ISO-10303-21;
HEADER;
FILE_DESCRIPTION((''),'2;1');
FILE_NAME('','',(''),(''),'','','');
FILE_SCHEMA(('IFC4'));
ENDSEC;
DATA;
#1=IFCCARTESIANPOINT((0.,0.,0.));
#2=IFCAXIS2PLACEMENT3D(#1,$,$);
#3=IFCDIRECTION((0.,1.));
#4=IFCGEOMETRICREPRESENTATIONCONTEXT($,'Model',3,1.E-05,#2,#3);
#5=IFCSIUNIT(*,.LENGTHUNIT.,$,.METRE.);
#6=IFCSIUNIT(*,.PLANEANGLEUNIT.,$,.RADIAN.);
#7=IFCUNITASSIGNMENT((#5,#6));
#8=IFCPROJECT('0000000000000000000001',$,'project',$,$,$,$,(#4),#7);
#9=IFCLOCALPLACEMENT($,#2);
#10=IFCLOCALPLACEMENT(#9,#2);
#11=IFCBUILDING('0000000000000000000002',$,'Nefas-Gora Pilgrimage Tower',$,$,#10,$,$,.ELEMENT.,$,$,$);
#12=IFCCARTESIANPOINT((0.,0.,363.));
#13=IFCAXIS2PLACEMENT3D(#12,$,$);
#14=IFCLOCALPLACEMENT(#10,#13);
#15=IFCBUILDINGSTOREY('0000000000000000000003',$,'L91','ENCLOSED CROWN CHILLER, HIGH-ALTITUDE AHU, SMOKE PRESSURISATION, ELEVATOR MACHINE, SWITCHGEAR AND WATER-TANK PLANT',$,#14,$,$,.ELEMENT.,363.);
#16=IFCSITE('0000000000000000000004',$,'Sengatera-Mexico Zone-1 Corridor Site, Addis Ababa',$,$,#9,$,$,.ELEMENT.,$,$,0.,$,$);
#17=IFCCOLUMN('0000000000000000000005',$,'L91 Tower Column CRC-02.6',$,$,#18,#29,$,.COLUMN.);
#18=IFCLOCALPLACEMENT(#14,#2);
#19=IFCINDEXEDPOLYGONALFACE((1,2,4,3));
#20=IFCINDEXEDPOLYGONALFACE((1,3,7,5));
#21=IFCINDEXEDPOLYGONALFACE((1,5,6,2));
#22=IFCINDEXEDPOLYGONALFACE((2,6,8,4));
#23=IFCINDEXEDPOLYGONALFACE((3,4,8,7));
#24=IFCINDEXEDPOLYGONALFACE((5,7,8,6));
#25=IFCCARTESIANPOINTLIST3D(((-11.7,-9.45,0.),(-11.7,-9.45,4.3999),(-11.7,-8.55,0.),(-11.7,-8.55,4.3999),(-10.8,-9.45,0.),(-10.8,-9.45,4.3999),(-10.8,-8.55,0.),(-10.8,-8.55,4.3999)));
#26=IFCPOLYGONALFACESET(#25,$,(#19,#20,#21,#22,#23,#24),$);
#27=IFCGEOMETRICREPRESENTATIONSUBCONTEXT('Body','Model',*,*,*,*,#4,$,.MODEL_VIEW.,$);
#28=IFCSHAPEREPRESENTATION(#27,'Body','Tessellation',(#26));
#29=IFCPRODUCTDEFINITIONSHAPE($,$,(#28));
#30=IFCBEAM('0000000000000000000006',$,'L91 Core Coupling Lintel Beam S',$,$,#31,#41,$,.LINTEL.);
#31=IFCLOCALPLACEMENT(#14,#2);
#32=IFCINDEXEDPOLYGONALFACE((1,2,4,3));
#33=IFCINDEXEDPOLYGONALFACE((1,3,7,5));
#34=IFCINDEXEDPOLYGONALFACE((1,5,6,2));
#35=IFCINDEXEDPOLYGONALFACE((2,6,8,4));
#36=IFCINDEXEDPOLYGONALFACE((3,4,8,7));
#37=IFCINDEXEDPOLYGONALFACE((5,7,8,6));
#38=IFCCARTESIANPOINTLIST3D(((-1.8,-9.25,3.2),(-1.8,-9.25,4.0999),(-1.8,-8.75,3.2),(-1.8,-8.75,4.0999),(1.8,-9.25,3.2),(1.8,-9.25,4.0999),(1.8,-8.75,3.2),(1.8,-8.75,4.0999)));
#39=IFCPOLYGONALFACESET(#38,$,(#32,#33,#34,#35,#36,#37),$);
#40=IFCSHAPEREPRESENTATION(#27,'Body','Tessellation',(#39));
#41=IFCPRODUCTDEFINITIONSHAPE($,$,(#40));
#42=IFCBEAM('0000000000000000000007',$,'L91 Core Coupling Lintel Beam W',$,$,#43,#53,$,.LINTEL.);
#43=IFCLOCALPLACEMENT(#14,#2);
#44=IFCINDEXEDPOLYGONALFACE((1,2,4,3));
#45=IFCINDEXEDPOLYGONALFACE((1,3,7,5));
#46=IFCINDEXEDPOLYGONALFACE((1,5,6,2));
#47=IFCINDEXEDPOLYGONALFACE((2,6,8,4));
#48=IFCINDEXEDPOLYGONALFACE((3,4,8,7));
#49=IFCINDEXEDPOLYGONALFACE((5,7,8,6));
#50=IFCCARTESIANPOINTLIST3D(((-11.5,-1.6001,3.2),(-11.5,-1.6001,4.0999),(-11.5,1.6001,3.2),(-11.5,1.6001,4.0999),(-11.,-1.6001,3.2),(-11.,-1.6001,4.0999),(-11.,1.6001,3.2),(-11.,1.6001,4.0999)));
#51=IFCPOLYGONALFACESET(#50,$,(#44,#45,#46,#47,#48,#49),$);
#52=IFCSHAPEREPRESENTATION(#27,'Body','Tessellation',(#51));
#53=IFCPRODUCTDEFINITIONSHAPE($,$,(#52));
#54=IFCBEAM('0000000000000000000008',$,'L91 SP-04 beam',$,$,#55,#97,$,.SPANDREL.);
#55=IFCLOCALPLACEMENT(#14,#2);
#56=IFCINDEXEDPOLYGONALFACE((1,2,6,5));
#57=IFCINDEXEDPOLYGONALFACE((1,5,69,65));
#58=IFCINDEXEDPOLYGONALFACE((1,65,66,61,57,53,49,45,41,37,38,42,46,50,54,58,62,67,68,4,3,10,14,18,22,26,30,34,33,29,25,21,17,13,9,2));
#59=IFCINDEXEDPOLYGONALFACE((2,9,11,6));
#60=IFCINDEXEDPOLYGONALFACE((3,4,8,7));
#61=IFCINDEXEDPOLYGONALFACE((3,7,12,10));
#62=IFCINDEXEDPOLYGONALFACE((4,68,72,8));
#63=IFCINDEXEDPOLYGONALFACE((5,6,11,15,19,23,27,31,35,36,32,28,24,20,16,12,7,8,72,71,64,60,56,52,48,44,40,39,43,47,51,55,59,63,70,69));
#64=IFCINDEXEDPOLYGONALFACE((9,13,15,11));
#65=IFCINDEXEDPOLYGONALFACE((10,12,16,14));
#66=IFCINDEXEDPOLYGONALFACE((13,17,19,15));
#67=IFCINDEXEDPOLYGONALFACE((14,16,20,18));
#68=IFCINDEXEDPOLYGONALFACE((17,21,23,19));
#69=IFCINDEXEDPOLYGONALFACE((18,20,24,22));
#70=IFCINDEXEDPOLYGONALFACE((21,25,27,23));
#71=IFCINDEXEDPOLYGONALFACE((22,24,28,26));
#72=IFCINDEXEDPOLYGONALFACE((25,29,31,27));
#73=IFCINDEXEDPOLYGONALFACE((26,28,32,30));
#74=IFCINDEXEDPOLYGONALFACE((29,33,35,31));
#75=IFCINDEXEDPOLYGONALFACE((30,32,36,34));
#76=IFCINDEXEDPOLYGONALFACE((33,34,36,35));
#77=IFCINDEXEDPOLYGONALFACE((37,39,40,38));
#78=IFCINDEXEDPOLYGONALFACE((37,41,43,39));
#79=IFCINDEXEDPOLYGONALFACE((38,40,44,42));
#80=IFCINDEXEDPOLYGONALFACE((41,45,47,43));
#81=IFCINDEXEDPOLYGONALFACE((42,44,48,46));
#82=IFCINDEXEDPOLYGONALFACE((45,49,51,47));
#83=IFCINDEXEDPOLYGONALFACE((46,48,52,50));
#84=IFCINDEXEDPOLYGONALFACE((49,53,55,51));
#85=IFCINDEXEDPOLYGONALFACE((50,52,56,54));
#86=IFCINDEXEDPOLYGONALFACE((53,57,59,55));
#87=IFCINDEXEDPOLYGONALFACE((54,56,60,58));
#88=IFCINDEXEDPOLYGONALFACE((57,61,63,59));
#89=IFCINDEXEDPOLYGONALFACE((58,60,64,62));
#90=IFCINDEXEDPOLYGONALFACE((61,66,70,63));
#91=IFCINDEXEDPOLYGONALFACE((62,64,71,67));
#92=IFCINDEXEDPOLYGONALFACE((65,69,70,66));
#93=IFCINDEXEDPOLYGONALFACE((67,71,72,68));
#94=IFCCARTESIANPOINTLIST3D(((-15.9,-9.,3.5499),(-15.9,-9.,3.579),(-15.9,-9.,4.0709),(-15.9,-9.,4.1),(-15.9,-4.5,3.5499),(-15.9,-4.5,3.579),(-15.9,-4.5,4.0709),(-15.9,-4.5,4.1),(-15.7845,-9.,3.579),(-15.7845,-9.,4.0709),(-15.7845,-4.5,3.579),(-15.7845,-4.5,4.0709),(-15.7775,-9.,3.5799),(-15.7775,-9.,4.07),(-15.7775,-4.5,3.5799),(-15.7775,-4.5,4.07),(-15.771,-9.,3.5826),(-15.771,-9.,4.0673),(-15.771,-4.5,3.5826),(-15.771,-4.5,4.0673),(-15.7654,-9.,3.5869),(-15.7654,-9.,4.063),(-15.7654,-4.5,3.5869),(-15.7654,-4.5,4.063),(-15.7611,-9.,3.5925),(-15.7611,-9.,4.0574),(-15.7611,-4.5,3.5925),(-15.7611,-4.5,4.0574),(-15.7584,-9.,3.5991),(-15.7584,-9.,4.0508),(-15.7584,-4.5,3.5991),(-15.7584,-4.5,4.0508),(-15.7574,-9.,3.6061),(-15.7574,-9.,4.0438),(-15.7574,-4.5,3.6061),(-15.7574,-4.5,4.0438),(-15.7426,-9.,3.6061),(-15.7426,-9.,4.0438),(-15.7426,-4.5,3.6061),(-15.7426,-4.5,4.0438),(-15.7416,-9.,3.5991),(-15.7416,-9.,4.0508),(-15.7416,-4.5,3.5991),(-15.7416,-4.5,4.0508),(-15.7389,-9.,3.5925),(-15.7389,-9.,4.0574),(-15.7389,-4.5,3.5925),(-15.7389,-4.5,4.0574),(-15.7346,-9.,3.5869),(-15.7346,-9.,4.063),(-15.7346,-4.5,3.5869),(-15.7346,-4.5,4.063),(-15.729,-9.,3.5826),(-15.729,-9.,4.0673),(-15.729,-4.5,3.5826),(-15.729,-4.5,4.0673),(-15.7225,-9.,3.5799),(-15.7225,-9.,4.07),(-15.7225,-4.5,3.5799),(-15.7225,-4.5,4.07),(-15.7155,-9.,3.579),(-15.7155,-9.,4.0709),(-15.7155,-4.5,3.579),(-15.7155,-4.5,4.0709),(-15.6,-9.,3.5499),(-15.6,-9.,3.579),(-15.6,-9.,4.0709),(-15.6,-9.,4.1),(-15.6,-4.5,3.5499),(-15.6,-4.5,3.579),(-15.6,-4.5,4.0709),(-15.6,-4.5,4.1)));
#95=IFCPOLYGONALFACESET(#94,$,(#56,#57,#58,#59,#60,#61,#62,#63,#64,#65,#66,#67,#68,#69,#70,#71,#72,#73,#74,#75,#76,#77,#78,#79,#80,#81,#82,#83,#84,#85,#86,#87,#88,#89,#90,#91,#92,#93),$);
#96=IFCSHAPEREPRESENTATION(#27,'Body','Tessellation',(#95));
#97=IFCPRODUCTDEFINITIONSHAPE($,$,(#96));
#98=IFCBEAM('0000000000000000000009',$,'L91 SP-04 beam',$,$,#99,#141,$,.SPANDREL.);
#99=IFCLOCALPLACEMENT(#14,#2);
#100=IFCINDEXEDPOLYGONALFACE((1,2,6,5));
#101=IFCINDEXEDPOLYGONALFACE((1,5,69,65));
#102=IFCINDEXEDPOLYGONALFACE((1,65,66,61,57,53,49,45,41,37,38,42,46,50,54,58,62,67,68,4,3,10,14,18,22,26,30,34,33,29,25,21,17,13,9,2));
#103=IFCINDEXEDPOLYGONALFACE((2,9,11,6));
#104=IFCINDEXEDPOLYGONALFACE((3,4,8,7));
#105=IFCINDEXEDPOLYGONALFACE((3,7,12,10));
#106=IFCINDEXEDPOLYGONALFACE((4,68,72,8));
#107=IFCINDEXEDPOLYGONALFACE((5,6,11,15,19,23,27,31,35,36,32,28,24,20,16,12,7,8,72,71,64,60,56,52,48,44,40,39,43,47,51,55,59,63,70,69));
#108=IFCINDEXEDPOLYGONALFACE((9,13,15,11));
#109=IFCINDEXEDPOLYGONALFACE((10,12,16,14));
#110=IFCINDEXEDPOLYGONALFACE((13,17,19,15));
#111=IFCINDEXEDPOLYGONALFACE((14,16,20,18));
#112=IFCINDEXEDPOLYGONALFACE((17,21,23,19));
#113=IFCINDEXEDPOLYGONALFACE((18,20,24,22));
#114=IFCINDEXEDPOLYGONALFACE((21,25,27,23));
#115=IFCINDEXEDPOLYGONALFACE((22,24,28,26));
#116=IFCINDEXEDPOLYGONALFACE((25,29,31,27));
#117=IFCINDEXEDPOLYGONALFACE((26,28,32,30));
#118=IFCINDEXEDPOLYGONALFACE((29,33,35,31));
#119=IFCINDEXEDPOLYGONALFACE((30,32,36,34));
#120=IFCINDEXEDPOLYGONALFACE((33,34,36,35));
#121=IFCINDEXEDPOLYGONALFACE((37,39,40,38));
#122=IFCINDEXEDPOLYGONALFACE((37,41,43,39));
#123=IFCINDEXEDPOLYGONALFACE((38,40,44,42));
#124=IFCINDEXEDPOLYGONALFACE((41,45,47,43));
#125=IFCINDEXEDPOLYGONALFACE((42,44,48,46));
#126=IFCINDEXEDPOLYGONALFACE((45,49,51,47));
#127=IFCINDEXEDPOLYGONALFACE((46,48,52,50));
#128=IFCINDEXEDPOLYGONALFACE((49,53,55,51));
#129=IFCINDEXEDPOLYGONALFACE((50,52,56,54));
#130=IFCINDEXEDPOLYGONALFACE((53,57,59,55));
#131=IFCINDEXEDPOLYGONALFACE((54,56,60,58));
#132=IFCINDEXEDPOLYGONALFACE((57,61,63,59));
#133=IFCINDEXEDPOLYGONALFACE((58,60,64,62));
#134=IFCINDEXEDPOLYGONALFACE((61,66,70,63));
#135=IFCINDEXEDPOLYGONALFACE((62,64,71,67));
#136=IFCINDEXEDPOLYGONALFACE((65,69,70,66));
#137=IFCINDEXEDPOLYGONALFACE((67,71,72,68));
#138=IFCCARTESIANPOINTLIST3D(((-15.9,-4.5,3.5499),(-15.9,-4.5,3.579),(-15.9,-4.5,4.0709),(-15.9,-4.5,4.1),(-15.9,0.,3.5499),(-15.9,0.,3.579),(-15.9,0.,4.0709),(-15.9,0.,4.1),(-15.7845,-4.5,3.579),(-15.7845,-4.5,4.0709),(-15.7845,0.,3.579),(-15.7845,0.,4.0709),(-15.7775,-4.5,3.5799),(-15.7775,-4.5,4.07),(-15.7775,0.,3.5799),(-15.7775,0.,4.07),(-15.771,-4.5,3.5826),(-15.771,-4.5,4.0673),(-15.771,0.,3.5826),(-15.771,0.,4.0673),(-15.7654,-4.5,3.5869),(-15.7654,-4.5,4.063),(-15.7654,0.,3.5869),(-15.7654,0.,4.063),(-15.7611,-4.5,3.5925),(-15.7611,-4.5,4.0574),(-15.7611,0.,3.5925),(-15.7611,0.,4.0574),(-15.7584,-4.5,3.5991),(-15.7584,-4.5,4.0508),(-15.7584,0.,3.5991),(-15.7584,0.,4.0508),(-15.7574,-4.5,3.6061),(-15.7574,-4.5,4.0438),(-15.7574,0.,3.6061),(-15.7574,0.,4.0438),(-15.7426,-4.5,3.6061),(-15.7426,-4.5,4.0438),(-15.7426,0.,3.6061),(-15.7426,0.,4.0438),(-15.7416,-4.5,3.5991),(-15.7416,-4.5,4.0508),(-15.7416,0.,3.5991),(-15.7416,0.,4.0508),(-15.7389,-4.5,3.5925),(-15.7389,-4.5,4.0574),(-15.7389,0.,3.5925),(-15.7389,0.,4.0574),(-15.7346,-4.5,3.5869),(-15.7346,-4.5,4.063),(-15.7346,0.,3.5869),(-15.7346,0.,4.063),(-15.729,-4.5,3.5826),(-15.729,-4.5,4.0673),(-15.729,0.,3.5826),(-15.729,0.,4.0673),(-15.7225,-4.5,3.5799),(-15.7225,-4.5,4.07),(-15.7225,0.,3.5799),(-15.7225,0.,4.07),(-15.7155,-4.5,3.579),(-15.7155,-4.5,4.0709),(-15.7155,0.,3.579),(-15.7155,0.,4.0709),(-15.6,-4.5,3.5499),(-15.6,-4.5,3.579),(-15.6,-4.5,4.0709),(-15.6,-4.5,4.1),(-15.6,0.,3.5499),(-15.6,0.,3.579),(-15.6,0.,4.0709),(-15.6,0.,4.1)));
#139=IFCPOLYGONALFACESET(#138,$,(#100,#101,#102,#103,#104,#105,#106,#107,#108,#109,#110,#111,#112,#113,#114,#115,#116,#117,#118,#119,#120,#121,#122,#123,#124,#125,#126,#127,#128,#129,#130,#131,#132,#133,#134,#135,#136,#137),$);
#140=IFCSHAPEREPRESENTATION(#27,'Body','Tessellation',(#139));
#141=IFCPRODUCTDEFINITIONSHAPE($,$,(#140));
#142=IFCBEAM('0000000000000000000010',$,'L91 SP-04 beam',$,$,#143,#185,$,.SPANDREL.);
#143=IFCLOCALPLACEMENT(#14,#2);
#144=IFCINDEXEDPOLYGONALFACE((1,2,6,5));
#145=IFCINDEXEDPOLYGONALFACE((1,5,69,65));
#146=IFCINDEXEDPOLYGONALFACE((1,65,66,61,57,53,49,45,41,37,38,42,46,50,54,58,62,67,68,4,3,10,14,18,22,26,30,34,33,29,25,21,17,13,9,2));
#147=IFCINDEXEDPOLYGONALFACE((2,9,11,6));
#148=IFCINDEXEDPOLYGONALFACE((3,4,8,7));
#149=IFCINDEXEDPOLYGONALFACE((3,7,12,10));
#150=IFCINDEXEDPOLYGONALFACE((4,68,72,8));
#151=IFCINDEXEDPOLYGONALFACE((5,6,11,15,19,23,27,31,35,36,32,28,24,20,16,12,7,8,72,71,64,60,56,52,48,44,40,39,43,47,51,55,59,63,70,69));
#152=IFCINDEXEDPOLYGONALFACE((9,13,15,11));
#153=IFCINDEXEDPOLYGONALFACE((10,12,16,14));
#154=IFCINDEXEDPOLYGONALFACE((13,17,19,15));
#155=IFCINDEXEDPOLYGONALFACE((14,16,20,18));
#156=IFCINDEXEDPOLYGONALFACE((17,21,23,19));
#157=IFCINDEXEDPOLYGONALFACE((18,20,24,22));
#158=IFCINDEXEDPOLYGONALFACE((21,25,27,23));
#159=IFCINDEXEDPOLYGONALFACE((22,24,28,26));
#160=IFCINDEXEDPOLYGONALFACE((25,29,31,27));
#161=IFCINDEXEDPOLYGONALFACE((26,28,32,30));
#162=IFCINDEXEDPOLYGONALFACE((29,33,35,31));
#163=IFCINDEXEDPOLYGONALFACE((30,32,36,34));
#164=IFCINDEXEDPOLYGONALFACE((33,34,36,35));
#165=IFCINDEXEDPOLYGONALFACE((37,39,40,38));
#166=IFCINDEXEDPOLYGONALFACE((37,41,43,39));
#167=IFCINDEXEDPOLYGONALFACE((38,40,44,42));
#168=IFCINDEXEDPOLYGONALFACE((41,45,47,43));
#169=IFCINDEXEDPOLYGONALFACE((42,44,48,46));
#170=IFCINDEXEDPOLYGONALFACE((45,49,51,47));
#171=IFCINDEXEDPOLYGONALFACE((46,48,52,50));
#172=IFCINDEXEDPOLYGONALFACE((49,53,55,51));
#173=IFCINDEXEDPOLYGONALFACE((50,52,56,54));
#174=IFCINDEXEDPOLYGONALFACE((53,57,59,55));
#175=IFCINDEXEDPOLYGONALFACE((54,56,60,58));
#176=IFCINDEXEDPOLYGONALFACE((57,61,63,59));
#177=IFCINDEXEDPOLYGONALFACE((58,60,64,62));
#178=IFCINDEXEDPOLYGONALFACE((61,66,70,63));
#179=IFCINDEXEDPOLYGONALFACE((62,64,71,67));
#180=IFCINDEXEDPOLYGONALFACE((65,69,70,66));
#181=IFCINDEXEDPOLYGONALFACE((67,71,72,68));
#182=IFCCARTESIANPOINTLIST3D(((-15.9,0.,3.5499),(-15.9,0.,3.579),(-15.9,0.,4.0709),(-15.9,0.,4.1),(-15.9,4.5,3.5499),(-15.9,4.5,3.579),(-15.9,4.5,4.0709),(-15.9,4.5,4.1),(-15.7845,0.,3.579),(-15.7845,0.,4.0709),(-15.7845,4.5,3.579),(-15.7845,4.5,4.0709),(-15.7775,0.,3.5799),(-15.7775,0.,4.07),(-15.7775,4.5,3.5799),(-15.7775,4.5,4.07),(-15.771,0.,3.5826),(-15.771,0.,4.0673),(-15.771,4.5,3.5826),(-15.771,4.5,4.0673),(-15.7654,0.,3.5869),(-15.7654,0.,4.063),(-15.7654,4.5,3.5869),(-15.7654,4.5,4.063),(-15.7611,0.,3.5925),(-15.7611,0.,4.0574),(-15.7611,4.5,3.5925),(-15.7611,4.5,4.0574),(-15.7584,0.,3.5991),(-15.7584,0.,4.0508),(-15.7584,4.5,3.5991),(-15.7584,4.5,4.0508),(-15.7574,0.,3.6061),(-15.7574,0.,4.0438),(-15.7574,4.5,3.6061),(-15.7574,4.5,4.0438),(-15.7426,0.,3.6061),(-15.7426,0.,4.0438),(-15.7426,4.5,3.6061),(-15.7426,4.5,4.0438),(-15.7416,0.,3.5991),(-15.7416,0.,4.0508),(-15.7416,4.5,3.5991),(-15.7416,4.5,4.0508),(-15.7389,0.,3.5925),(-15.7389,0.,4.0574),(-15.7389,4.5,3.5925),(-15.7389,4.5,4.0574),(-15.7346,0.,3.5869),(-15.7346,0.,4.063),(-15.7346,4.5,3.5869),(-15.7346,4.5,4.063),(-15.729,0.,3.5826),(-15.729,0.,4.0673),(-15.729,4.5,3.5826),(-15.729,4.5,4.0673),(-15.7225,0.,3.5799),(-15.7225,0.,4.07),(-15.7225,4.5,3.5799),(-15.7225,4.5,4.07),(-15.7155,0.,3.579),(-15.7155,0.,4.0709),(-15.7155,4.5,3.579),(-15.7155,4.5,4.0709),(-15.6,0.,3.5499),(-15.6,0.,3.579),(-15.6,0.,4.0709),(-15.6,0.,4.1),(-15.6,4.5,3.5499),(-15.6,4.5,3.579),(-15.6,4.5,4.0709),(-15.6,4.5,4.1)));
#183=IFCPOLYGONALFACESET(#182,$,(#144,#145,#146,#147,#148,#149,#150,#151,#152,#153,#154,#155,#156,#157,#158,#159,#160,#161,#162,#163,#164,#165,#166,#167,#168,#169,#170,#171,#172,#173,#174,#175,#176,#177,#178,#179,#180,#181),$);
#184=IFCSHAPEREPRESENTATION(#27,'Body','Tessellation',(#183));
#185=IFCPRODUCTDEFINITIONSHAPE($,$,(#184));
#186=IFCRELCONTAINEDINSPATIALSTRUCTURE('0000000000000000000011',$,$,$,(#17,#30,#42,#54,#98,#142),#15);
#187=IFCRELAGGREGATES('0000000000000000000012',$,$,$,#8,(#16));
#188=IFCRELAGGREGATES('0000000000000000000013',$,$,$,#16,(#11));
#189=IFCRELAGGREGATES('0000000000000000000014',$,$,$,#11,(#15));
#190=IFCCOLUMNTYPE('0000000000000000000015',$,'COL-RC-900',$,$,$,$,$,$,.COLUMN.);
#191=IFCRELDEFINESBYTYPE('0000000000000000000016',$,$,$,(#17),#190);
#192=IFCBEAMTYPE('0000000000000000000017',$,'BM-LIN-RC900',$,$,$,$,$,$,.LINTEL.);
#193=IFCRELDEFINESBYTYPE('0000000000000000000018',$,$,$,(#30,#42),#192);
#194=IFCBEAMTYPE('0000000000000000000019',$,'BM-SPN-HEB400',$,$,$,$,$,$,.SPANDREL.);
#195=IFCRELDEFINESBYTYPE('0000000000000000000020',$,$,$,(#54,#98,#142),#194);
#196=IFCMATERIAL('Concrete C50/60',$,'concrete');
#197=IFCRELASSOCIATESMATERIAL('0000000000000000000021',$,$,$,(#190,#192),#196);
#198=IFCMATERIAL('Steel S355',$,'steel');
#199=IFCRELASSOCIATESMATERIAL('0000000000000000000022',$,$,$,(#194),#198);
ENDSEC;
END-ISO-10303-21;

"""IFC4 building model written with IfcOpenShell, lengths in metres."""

from ifc_helpers import new_model, si_unit, direction, frame, origin, origin_2d, place, context, subcontext, project, spatial, rectangle, i_section, extrude, source, transform, mapped, material, material_profile, profile_set, type_object, element, save


model = new_model("IFC4")

# Units and contexts
model_context = context("Model", 3, precision=1e-05, world=origin(), true_north=direction((0.0, 1.0)))
body_context = subcontext(model_context, "Body", "Model", "MODEL_VIEW")
ifc_project = project(units=[si_unit("LENGTHUNIT", "METRE"), si_unit("PLANEANGLEUNIT", "RADIAN")], contexts=[model_context])

# Site, building, storey
site_placement = place(None, origin())
site = spatial("IfcSite", under=ifc_project, at=site_placement, Name="Sengatera-Mexico Zone-1 Corridor Site, Addis Ababa", CompositionType="ELEMENT", RefElevation=0.0)
building_placement = place(site_placement, origin())
building = spatial("IfcBuilding", under=site, at=building_placement, Name="Nefas-Gora Pilgrimage Tower", CompositionType="ELEMENT")
storey_placement = place(building_placement, frame((0.0, 0.0, 363.0)))
storey = spatial("IfcBuildingStorey", under=building, at=storey_placement, Name="L91", Description="ENCLOSED CROWN CHILLER, HIGH-ALTITUDE AHU, SMOKE PRESSURISATION, ELEVATOR MACHINE, SWITCHGEAR AND WATER-TANK PLANT", CompositionType="ELEMENT", Elevation=363.0)

# Column
ifc_material_1 = material(Name="Steel S355", Category="steel")
ifc_material_2 = material(Name="Concrete C50/60", Category="concrete")
ifc_material_profile_1 = material_profile(ifc_material_2, rectangle(XDim=0.8999, YDim=0.8999, at=origin_2d()), Name="RC 900x900")
ifc_profile_set_1 = profile_set([ifc_material_profile_1], Name="Concrete C50/60")
column_type_1 = type_object("IfcColumnType", Name="COL-RC-900", PredefinedType="COLUMN", material=ifc_profile_set_1)
shared_shape_1 = source(origin(), body_context, "Body", "SweptSolid", [
    extrude(rectangle(XDim=0.8999, YDim=0.8999, at=origin_2d()), origin(), (0.0, 0.0, 1.0), 4.3999),
])
column_placement = place(storey_placement, frame((-11.25, -9.0, 0.0), z_axis=(0.0, 0.0, 1.0), x_axis=(1.0, 0.0, 0.0)))
element("IfcColumn", 1, at=column_placement, inside=storey, type_object=column_type_1, Name="L91 Tower Column CRC-02.6", PredefinedType="COLUMN", context=body_context, shape_type="MappedRepresentation", body=[
    mapped(shared_shape_1, transform((0.0, 0.0, 0.0), x_axis=(1.0, 0.0, 0.0), y_axis=(0.0, 1.0, 0.0), z_axis=(0.0, 0.0, 1.0), scale=1.0)),
])

# Beams
ifc_material_profile_2 = material_profile(ifc_material_2, rectangle(XDim=0.5, YDim=0.8999, at=origin_2d()), Name="RC 500x900")
ifc_profile_set_2 = profile_set([ifc_material_profile_2], Name="Concrete C50/60")
beam_type_1 = type_object("IfcBeamType", Name="BM-LIN-RC900", PredefinedType="LINTEL", material=ifc_profile_set_2)
shared_shape_2 = source(origin(), body_context, "Body", "SweptSolid", [
    extrude(rectangle(XDim=0.5, YDim=0.8999, at=origin_2d()), origin(), (0.0, 0.0, 1.0), 3.6001),
])
beam_1_placement = place(storey_placement, frame((-1.8, -9.0, 3.6499), z_axis=(1.0, 0.0, 0.0), x_axis=(0.0, 1.0, 0.0)))
element("IfcBeam", 2, at=beam_1_placement, inside=storey, type_object=beam_type_1, Name="L91 Core Coupling Lintel Beam S", PredefinedType="LINTEL", context=body_context, shape_type="MappedRepresentation", body=[
    mapped(shared_shape_2, transform((0.0, 0.0, 0.0), x_axis=(1.0, 0.0, 0.0), y_axis=(0.0, 1.0, 0.0), z_axis=(0.0, 0.0, 1.0), scale=1.0)),
])
shared_shape_3 = source(origin(), body_context, "Body", "SweptSolid", [
    extrude(rectangle(XDim=0.5, YDim=0.8999, at=origin_2d()), origin(), (0.0, 0.0, 1.0), 3.2002),
])
beam_2_placement = place(storey_placement, frame((-11.25, -1.6001, 3.6499), z_axis=(0.0, 1.0, 0.0), x_axis=(-1.0, 0.0, 0.0)))
element("IfcBeam", 3, at=beam_2_placement, inside=storey, type_object=beam_type_1, Name="L91 Core Coupling Lintel Beam W", PredefinedType="LINTEL", context=body_context, shape_type="MappedRepresentation", body=[
    mapped(shared_shape_3, transform((0.0, 0.0, 0.0), x_axis=(1.0, 0.0, 0.0), y_axis=(0.0, 1.0, 0.0), z_axis=(0.0, 0.0, 1.0), scale=1.0)),
])
ifc_material_profile_3 = material_profile(ifc_material_1, i_section(OverallWidth=0.3, OverallDepth=0.55, WebThickness=0.0149, FlangeThickness=0.0291, FilletRadius=0.0271, at=origin_2d()), Name="HEB 550")
ifc_profile_set_3 = profile_set([ifc_material_profile_3], Name="Steel S355")
beam_type_2 = type_object("IfcBeamType", Name="BM-SPN-HEB400", PredefinedType="SPANDREL", material=ifc_profile_set_3)
shared_shape_4 = source(origin(), body_context, "Body", "SweptSolid", [
    extrude(i_section(OverallWidth=0.3, OverallDepth=0.55, WebThickness=0.0149, FlangeThickness=0.0291, FilletRadius=0.0271, at=origin_2d()), origin(), (0.0, 0.0, 1.0), 4.5),
])
for number, where, z_axis, x_axis, name in (
    (4, (-15.75, -9.0, 3.825), (0.0, 1.0, 0.0), (-1.0, 0.0, 0.0), "L91 SP-04 beam"),
    (5, (-15.75, -4.5, 3.825), (0.0, 1.0, 0.0), (-1.0, 0.0, 0.0), "L91 SP-04 beam"),
    (6, (-15.75, 0.0, 3.825), (0.0, 1.0, 0.0), (-1.0, 0.0, 0.0), "L91 SP-04 beam"),
):
    element("IfcBeam", number, at=place(storey_placement, frame(where, z_axis=z_axis, x_axis=x_axis)), inside=storey, type_object=beam_type_2, Name=name, PredefinedType="SPANDREL", context=body_context, shape_type="MappedRepresentation", body=[
        mapped(shared_shape_4, transform((0.0, 0.0, 0.0), x_axis=(1.0, 0.0, 0.0), y_axis=(0.0, 1.0, 0.0), z_axis=(0.0, 0.0, 1.0), scale=1.0)),
    ])

save(model, "model.ifc")
